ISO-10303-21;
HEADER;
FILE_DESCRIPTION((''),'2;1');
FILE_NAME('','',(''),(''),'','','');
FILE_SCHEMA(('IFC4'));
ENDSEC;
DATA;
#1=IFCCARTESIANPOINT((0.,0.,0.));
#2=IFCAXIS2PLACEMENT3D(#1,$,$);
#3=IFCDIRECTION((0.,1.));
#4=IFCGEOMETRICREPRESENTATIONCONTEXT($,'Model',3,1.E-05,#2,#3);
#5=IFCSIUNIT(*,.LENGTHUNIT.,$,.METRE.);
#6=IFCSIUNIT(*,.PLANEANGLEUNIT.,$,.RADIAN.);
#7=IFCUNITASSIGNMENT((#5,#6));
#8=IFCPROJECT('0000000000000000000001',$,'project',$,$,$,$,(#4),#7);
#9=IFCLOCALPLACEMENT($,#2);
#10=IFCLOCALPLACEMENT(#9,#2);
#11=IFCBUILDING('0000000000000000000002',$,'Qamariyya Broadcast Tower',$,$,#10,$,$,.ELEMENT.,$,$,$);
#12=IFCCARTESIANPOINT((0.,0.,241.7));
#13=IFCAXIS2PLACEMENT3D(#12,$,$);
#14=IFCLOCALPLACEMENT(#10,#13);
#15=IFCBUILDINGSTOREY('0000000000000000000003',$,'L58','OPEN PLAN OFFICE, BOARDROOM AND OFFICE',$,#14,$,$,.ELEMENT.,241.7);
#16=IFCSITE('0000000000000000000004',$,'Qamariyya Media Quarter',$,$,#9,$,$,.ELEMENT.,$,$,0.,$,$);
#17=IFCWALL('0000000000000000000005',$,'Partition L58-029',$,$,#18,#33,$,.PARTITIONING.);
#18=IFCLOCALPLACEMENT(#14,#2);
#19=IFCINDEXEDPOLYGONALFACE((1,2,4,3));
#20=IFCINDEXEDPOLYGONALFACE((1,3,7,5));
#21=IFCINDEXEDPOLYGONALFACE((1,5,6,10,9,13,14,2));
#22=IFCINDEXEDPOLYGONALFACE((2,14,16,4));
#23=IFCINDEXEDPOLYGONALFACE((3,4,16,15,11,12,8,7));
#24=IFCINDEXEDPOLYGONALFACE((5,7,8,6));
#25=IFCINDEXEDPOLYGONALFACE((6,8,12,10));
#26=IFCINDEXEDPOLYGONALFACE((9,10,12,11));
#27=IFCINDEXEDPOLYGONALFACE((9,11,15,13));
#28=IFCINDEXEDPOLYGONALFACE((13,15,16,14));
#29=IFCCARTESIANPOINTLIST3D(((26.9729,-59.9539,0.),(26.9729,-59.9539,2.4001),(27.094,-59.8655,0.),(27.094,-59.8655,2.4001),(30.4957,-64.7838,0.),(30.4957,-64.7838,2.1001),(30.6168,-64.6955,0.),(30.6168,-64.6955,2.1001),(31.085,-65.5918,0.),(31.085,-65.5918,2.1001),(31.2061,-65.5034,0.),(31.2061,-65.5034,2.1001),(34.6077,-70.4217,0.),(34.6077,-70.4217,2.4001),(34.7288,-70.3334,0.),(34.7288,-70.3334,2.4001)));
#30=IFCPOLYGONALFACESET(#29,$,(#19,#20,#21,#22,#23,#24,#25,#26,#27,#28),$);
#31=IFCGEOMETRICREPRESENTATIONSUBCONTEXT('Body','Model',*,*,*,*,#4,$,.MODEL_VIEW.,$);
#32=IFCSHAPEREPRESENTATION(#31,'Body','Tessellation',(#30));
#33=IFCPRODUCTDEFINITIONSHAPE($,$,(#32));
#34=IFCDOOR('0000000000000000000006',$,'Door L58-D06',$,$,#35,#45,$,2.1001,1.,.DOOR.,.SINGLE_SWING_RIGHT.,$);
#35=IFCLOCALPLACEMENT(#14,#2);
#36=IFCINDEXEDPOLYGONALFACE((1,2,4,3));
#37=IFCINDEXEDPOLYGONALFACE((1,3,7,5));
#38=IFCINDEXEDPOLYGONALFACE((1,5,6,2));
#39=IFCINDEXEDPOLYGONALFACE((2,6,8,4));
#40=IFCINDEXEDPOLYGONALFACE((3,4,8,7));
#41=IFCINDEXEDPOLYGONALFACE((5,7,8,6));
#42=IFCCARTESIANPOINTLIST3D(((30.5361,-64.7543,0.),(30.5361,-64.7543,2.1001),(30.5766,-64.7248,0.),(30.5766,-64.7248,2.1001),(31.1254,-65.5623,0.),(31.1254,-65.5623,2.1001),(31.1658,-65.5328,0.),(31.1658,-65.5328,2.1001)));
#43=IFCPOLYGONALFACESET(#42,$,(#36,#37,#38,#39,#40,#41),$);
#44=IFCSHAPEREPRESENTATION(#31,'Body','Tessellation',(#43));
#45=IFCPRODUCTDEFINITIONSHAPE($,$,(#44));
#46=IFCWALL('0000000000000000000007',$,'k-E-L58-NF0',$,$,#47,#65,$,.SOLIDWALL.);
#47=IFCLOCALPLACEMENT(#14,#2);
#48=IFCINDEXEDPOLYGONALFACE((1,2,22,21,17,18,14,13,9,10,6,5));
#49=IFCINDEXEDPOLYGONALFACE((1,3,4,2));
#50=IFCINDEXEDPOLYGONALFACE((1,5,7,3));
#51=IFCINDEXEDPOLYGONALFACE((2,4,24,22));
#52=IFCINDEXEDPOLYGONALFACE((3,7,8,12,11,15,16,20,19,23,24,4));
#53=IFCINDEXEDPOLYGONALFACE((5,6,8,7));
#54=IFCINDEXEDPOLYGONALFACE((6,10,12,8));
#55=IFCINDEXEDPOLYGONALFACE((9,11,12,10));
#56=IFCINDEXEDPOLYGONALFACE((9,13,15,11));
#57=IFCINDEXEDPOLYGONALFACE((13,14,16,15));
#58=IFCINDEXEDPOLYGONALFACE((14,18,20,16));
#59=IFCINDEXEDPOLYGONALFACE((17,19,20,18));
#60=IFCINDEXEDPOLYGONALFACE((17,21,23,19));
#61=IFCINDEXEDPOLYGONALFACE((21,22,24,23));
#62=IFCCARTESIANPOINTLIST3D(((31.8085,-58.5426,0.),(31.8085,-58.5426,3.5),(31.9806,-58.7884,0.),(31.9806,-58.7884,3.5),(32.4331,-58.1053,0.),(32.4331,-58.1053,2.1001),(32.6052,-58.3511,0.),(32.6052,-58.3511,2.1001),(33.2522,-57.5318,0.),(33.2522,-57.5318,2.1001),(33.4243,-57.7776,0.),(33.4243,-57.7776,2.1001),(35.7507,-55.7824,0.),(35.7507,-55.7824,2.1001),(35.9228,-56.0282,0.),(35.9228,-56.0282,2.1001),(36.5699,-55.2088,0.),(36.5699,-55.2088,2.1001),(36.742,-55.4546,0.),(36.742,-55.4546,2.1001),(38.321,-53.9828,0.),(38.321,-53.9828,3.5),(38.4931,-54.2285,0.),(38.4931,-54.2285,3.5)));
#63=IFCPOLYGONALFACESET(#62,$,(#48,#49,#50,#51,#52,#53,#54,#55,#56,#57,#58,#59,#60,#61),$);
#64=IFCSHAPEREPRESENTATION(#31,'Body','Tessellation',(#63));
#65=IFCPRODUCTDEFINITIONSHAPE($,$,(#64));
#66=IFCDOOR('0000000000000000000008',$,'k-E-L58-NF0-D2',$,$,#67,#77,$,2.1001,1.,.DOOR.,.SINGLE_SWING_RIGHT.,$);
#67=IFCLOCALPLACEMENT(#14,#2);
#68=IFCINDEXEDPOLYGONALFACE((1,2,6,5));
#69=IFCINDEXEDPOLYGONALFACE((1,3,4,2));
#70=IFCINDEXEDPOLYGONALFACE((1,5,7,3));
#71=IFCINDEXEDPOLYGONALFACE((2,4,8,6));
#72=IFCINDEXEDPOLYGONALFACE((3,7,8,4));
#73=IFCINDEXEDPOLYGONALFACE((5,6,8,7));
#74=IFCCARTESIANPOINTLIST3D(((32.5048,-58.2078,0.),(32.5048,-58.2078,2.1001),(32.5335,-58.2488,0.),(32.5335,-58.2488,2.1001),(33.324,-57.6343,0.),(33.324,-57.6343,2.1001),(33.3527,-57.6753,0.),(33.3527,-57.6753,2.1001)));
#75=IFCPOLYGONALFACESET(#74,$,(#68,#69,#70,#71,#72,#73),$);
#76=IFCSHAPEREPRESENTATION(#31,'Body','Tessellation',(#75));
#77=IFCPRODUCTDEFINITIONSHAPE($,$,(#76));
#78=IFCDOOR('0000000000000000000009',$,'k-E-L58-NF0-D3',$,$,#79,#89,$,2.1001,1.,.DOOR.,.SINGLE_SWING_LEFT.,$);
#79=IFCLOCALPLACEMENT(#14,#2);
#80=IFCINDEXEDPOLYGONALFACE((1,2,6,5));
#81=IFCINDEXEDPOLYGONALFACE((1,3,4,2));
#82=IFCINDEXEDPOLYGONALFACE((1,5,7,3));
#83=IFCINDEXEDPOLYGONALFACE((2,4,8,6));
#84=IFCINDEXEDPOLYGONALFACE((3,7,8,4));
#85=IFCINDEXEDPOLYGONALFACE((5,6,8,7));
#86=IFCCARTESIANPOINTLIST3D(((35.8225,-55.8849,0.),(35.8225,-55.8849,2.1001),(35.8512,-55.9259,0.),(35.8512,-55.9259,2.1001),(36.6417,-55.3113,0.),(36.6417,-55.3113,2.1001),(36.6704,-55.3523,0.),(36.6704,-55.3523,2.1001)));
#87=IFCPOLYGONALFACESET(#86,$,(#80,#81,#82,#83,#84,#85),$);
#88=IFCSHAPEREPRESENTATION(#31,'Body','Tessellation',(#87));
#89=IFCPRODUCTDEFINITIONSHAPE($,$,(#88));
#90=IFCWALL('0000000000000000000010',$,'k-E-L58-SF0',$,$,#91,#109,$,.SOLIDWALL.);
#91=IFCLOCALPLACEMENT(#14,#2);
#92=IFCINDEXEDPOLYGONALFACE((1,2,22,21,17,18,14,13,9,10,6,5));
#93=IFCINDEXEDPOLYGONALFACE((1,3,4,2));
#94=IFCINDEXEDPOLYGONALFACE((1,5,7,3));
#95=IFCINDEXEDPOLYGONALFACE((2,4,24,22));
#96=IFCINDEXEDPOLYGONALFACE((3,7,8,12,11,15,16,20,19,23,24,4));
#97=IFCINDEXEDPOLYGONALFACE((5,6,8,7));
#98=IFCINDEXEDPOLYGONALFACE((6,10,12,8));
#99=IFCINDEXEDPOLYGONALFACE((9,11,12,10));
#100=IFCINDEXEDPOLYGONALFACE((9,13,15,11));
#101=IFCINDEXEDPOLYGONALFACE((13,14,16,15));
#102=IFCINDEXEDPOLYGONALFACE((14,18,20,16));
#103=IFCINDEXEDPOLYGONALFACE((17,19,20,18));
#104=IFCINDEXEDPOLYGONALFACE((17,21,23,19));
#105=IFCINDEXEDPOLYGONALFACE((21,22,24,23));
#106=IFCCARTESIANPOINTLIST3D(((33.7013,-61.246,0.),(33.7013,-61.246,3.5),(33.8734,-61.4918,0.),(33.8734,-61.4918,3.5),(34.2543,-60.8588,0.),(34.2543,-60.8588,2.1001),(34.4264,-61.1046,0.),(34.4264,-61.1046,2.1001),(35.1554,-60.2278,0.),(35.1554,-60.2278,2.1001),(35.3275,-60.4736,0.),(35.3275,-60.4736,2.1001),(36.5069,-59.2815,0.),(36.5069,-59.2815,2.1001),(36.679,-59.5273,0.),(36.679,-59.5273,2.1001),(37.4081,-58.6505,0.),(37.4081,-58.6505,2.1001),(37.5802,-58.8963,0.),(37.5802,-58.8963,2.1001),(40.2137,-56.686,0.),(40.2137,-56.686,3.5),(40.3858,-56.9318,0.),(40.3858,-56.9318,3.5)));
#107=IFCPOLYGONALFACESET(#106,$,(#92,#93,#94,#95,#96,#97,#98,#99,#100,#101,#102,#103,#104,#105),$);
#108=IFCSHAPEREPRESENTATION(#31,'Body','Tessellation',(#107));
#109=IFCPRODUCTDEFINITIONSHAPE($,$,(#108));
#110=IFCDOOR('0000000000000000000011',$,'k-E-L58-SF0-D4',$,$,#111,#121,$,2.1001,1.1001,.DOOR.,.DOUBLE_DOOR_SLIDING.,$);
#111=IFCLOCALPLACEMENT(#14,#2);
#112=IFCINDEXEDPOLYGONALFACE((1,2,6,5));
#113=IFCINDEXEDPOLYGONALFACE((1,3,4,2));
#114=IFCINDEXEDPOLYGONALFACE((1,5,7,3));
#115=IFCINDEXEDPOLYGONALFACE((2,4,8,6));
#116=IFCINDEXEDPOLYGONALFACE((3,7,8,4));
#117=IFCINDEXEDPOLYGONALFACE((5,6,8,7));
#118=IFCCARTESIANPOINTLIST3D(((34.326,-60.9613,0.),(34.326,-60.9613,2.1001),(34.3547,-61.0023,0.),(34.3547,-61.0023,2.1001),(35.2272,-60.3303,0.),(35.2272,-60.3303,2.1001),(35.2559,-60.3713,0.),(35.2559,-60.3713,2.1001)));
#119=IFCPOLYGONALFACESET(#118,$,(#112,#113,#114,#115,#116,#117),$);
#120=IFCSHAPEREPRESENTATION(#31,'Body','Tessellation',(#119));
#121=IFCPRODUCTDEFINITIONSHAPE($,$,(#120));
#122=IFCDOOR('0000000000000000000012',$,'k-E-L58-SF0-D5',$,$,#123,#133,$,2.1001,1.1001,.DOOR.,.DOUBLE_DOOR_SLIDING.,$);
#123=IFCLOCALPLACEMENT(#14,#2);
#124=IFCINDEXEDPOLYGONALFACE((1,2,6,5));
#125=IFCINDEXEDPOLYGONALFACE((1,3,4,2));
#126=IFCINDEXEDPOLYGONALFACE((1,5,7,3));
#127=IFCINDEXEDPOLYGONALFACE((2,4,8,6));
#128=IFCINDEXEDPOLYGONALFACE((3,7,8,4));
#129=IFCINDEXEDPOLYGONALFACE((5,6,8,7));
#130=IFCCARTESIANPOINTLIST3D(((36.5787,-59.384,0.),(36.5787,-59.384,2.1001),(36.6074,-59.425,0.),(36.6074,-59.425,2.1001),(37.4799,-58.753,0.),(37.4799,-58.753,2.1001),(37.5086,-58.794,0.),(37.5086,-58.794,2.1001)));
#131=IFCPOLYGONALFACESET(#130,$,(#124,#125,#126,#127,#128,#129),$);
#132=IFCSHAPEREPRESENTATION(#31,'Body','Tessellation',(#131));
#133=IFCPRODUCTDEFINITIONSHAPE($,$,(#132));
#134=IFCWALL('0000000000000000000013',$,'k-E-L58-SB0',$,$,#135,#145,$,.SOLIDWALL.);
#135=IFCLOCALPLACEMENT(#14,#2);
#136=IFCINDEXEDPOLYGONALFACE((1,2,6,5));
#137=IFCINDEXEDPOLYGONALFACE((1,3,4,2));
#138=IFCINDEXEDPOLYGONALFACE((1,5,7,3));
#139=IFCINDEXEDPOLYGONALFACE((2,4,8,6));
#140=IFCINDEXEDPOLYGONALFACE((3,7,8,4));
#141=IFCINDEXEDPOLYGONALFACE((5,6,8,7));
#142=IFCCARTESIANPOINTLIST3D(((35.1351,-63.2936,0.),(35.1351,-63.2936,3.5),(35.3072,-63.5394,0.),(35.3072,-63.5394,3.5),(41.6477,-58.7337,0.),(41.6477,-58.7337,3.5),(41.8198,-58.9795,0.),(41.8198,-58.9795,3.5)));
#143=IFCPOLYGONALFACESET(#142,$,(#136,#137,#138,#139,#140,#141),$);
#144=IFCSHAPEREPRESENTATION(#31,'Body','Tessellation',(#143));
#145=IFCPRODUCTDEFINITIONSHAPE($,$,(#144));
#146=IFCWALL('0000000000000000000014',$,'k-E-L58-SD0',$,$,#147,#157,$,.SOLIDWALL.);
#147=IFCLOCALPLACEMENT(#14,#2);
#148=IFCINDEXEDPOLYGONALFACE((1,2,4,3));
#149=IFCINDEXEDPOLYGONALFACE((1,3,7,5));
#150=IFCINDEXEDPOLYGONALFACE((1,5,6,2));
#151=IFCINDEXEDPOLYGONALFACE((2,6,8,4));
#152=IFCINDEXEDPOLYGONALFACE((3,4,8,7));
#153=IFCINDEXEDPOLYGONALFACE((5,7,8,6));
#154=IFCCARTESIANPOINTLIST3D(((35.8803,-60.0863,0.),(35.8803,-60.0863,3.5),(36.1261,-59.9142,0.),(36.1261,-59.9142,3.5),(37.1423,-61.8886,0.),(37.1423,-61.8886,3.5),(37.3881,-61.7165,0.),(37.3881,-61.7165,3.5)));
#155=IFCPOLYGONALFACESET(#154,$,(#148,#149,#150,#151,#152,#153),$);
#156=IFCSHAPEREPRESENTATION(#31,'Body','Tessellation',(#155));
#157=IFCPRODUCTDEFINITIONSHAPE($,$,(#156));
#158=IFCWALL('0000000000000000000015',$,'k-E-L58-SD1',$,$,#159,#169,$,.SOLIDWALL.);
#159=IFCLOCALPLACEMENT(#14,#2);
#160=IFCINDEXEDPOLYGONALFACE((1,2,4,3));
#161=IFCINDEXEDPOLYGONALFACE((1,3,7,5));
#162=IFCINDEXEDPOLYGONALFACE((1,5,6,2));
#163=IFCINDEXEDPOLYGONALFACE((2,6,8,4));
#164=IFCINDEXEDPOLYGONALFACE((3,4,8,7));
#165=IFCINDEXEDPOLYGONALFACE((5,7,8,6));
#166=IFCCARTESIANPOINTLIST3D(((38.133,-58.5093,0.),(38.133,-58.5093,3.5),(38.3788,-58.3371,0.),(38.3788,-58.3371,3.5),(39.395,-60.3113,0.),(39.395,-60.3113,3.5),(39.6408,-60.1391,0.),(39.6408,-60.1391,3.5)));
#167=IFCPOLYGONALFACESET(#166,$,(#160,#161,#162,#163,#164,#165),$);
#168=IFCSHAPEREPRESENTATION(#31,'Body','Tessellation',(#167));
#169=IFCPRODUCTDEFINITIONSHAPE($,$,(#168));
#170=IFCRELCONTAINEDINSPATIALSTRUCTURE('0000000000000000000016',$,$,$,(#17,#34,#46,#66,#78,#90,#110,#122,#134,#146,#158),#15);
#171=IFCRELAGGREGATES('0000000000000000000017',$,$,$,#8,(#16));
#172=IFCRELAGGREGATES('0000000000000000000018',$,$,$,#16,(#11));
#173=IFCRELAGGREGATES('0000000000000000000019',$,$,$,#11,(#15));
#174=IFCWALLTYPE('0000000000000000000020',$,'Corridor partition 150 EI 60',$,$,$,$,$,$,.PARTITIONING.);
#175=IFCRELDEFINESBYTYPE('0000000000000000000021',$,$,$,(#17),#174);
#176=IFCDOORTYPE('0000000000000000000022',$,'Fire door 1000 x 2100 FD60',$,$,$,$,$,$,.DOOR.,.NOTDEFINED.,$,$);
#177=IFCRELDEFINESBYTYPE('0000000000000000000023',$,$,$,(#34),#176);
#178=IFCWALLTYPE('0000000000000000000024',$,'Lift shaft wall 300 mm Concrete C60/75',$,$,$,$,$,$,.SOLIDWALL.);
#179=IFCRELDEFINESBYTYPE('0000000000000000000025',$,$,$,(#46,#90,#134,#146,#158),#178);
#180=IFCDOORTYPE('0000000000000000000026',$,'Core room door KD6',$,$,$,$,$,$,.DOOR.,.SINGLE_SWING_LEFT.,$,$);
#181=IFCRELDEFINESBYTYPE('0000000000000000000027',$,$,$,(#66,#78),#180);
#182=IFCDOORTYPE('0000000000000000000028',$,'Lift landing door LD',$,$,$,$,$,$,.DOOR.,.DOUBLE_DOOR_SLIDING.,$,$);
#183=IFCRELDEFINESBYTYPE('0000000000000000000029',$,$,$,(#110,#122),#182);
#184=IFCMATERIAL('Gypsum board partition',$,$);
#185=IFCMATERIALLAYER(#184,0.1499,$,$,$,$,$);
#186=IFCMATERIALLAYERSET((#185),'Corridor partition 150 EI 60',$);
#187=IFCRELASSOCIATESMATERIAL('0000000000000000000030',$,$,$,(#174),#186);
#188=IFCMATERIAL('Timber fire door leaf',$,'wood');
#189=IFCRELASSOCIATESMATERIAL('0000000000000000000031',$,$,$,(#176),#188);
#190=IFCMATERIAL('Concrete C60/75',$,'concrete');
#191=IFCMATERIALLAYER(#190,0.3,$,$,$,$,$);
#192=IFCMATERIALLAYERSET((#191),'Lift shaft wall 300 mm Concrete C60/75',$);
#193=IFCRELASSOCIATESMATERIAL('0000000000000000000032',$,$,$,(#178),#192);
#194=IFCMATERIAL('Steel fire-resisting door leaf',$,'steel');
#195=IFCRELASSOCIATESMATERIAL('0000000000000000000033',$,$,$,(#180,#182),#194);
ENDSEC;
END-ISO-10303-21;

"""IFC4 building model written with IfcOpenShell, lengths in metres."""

from ifc_helpers import new_model, si_unit, direction, frame, frame_2d, origin, place, context, subcontext, project, spatial, rectangle, extrude, material, layer, layer_set, type_object, element, fill, save


model = new_model("IFC4")

# Units and contexts
model_context = context("Model", 3, precision=1e-05, world=origin(), true_north=direction((0.0, 1.0)))
body_context = subcontext(model_context, "Body", "Model", "MODEL_VIEW")
ifc_project = project(units=[si_unit("LENGTHUNIT", "METRE"), si_unit("PLANEANGLEUNIT", "RADIAN")], contexts=[model_context])

# Site, building, storey
site_placement = place(None, origin())
site = spatial("IfcSite", under=ifc_project, at=site_placement, Name="Qamariyya Media Quarter", CompositionType="ELEMENT", RefElevation=0.0)
building_placement = place(site_placement, origin())
building = spatial("IfcBuilding", under=site, at=building_placement, Name="Qamariyya Broadcast Tower", CompositionType="ELEMENT")
storey_placement = place(building_placement, frame((0.0, 0.0, 241.7)))
storey = spatial("IfcBuildingStorey", under=building, at=storey_placement, Name="L58", Description="OPEN PLAN OFFICE, BOARDROOM AND OFFICE", CompositionType="ELEMENT", Elevation=241.7)

# Shared definitions
ifc_material_1 = material(Name="Concrete C60/75", Category="concrete")

# Shared definitions
ifc_material_2 = material(Name="Steel fire-resisting door leaf", Category="steel")

# Wall, opening, door
ifc_material_3 = material(Name="Gypsum board partition")
ifc_layer_1 = layer(ifc_material_3, 0.1499)
ifc_layer_set_1 = layer_set([ifc_layer_1], Name="Corridor partition 150 EI 60")
wall_type_1 = type_object("IfcWallType", Name="Corridor partition 150 EI 60", PredefinedType="PARTITIONING", material=ifc_layer_set_1)
wall_1_placement = place(storey_placement, frame((34.6682, -70.3774, 0.0), z_axis=(0.0, 0.0, 1.0), x_axis=(-0.589274, 0.807934, 0.0)))
wall_1 = element("IfcWall", 1, at=wall_1_placement, inside=storey, type_object=wall_type_1, Name="Partition L58-029", PredefinedType="PARTITIONING", context=body_context, shape_type="SweptSolid", body=[
    extrude(rectangle(XDim=12.9563, YDim=0.1499, at=frame_2d((6.478, 0.0))), origin(), (0.0, 0.0, 1.0), 2.4001),
])
opening_1_placement = place(wall_1_placement, frame((5.978, 0.0, 0.0)))
opening_1 = element("IfcOpeningElement", 2, at=opening_1_placement, cuts=wall_1, PredefinedType="OPENING", context=body_context, shape_type="SweptSolid", body=[
    extrude(rectangle(XDim=1.0, YDim=2.1001, at=frame_2d((0.5, 1.05))), frame((0.0, 0.085, 0.0), z_axis=(0.0, -1.0, 0.0), x_axis=(1.0, 0.0, 0.0)), (0.0, 0.0, 1.0), 0.1699),
])
ifc_material_4 = material(Name="Timber fire door leaf", Category="wood")
door_type_1 = type_object("IfcDoorType", Name="Fire door 1000 x 2100 FD60", OperationType="NOTDEFINED", PredefinedType="DOOR", material=ifc_material_4)
door_1_placement = place(opening_1_placement, origin())
door_1 = element("IfcDoor", 3, at=door_1_placement, inside=storey, type_object=door_type_1, Name="Door L58-D06", OperationType="SINGLE_SWING_RIGHT", OverallHeight=2.1001, OverallWidth=1.0, PredefinedType="DOOR", context=body_context, shape_type="SweptSolid", body=[
    extrude(rectangle(XDim=1.0, YDim=2.1001, at=frame_2d((0.5, 1.05))), frame((0.0, 0.0249, 0.0), z_axis=(0.0, -1.0, 0.0), x_axis=(1.0, 0.0, 0.0)), (0.0, 0.0, 1.0), 0.05),
])
fill(opening_1, door_1)

# Walls, openings, doors
ifc_layer_2 = layer(ifc_material_1, 0.3)
ifc_layer_set_2 = layer_set([ifc_layer_2], Name="Lift shaft wall 300 mm Concrete C60/75")
wall_type_2 = type_object("IfcWallType", Name="Lift shaft wall 300 mm Concrete C60/75", PredefinedType="SOLIDWALL", material=ifc_layer_set_2)
wall_2_placement = place(storey_placement, frame((31.8945, -58.6655, 0.0), z_axis=(0.0, 0.0, 1.0), x_axis=(0.819167, 0.573555, 0.0)))
wall_2 = element("IfcWall", 4, at=wall_2_placement, inside=storey, type_object=wall_type_2, Name="k-E-L58-NF0", PredefinedType="SOLIDWALL", context=body_context, shape_type="SweptSolid", body=[
    extrude(rectangle(XDim=7.9502, YDim=0.3, at=frame_2d((3.9751, 0.0))), origin(), (0.0, 0.0, 1.0), 3.5),
])
opening_2_placement = place(wall_2_placement, frame((0.7625, 0.0, 0.0)))
opening_2 = element("IfcOpeningElement", 5, at=opening_2_placement, cuts=wall_2, PredefinedType="OPENING", context=body_context, shape_type="SweptSolid", body=[
    extrude(rectangle(XDim=1.0, YDim=2.1001, at=frame_2d((0.5, 1.05))), frame((0.0, 0.1599, 0.0), z_axis=(0.0, -1.0, 0.0), x_axis=(1.0, 0.0, 0.0)), (0.0, 0.0, 1.0), 0.3201),
])
opening_3_placement = place(wall_2_placement, frame((4.8125, 0.0, 0.0)))
opening_3 = element("IfcOpeningElement", 6, at=opening_3_placement, cuts=wall_2, PredefinedType="OPENING", context=body_context, shape_type="SweptSolid", body=[
    extrude(rectangle(XDim=1.0, YDim=2.1001, at=frame_2d((0.5, 1.05))), frame((0.0, 0.1599, 0.0), z_axis=(0.0, -1.0, 0.0), x_axis=(1.0, 0.0, 0.0)), (0.0, 0.0, 1.0), 0.3201),
])
door_type_2 = type_object("IfcDoorType", Name="Core room door KD6", OperationType="SINGLE_SWING_LEFT", PredefinedType="DOOR", material=ifc_material_2)
door_2_placement = place(opening_2_placement, origin())
door_2 = element("IfcDoor", 7, at=door_2_placement, inside=storey, type_object=door_type_2, Name="k-E-L58-NF0-D2", OperationType="SINGLE_SWING_RIGHT", OverallHeight=2.1001, OverallWidth=1.0, PredefinedType="DOOR", context=body_context, shape_type="SweptSolid", body=[
    extrude(rectangle(XDim=1.0, YDim=2.1001, at=frame_2d((0.5, 1.05))), frame((0.0, 0.0249, 0.0), z_axis=(0.0, -1.0, 0.0), x_axis=(1.0, 0.0, 0.0)), (0.0, 0.0, 1.0), 0.05),
])
fill(opening_2, door_2)
door_3_placement = place(opening_3_placement, origin())
door_3 = element("IfcDoor", 8, at=door_3_placement, inside=storey, type_object=door_type_2, Name="k-E-L58-NF0-D3", OperationType="SINGLE_SWING_LEFT", OverallHeight=2.1001, OverallWidth=1.0, PredefinedType="DOOR", context=body_context, shape_type="SweptSolid", body=[
    extrude(rectangle(XDim=1.0, YDim=2.1001, at=frame_2d((0.5, 1.05))), frame((0.0, 0.0249, 0.0), z_axis=(0.0, -1.0, 0.0), x_axis=(1.0, 0.0, 0.0)), (0.0, 0.0, 1.0), 0.05),
])
fill(opening_3, door_3)
wall_3_placement = place(storey_placement, frame((33.7874, -61.3689, 0.0), z_axis=(0.0, 0.0, 1.0), x_axis=(0.819153, 0.573576, 0.0)))
wall_3 = element("IfcWall", 9, at=wall_3_placement, inside=storey, type_object=wall_type_2, Name="k-E-L58-SF0", PredefinedType="SOLIDWALL", context=body_context, shape_type="SweptSolid", body=[
    extrude(rectangle(XDim=7.9502, YDim=0.3, at=frame_2d((3.9751, 0.0))), origin(), (0.0, 0.0, 1.0), 3.5),
])
opening_4_placement = place(wall_3_placement, frame((0.675, 0.0, 0.0)))
opening_4 = element("IfcOpeningElement", 10, at=opening_4_placement, cuts=wall_3, PredefinedType="OPENING", context=body_context, shape_type="SweptSolid", body=[
    extrude(rectangle(XDim=1.1001, YDim=2.1001, at=frame_2d((0.55, 1.05))), frame((0.0, 0.1599, 0.0), z_axis=(0.0, -1.0, 0.0), x_axis=(1.0, 0.0, 0.0)), (0.0, 0.0, 1.0), 0.3201),
])
opening_5_placement = place(wall_3_placement, frame((3.425, 0.0, 0.0)))
opening_5 = element("IfcOpeningElement", 11, at=opening_5_placement, cuts=wall_3, PredefinedType="OPENING", context=body_context, shape_type="SweptSolid", body=[
    extrude(rectangle(XDim=1.1001, YDim=2.1001, at=frame_2d((0.55, 1.05))), frame((0.0, 0.1599, 0.0), z_axis=(0.0, -1.0, 0.0), x_axis=(1.0, 0.0, 0.0)), (0.0, 0.0, 1.0), 0.3201),
])
door_type_3 = type_object("IfcDoorType", Name="Lift landing door LD", OperationType="DOUBLE_DOOR_SLIDING", PredefinedType="DOOR", material=ifc_material_2)
door_4_placement = place(opening_4_placement, origin())
door_4 = element("IfcDoor", 12, at=door_4_placement, inside=storey, type_object=door_type_3, Name="k-E-L58-SF0-D4", OperationType="DOUBLE_DOOR_SLIDING", OverallHeight=2.1001, OverallWidth=1.1001, PredefinedType="DOOR", context=body_context, shape_type="SweptSolid", body=[
    extrude(rectangle(XDim=1.1001, YDim=2.1001, at=frame_2d((0.55, 1.05))), frame((0.0, 0.0249, 0.0), z_axis=(0.0, -1.0, 0.0), x_axis=(1.0, 0.0, 0.0)), (0.0, 0.0, 1.0), 0.05),
])
fill(opening_4, door_4)
door_5_placement = place(opening_5_placement, origin())
door_5 = element("IfcDoor", 13, at=door_5_placement, inside=storey, type_object=door_type_3, Name="k-E-L58-SF0-D5", OperationType="DOUBLE_DOOR_SLIDING", OverallHeight=2.1001, OverallWidth=1.1001, PredefinedType="DOOR", context=body_context, shape_type="SweptSolid", body=[
    extrude(rectangle(XDim=1.1001, YDim=2.1001, at=frame_2d((0.55, 1.05))), frame((0.0, 0.0249, 0.0), z_axis=(0.0, -1.0, 0.0), x_axis=(1.0, 0.0, 0.0)), (0.0, 0.0, 1.0), 0.05),
])
fill(opening_5, door_5)

# Walls
wall_4_placement = place(storey_placement, frame((35.2212, -63.4165, 0.0), z_axis=(0.0, 0.0, 1.0), x_axis=(0.819167, 0.573555, 0.0)))
element("IfcWall", 14, at=wall_4_placement, inside=storey, type_object=wall_type_2, Name="k-E-L58-SB0", PredefinedType="SOLIDWALL", context=body_context, shape_type="SweptSolid", body=[
    extrude(rectangle(XDim=7.9502, YDim=0.3, at=frame_2d((3.9751, 0.0))), origin(), (0.0, 0.0, 1.0), 3.5),
])
wall_5_placement = place(storey_placement, frame((36.0032, -60.0002, 0.0), z_axis=(0.0, 0.0, 1.0), x_axis=(0.573581, -0.819149, 0.0)))
element("IfcWall", 15, at=wall_5_placement, inside=storey, type_object=wall_type_2, Name="k-E-L58-SD0", PredefinedType="SOLIDWALL", context=body_context, shape_type="SweptSolid", body=[
    extrude(rectangle(XDim=2.2002, YDim=0.3, at=frame_2d((1.1001, 0.0))), origin(), (0.0, 0.0, 1.0), 3.5),
])
wall_6_placement = place(storey_placement, frame((38.2559, -58.4231, 0.0), z_axis=(0.0, 0.0, 1.0), x_axis=(0.573634, -0.819112, 0.0)))
element("IfcWall", 16, at=wall_6_placement, inside=storey, type_object=wall_type_2, Name="k-E-L58-SD1", PredefinedType="SOLIDWALL", context=body_context, shape_type="SweptSolid", body=[
    extrude(rectangle(XDim=2.2, YDim=0.3, at=frame_2d((1.1001, 0.0))), origin(), (0.0, 0.0, 1.0), 3.5),
])

save(model, "model.ifc")
